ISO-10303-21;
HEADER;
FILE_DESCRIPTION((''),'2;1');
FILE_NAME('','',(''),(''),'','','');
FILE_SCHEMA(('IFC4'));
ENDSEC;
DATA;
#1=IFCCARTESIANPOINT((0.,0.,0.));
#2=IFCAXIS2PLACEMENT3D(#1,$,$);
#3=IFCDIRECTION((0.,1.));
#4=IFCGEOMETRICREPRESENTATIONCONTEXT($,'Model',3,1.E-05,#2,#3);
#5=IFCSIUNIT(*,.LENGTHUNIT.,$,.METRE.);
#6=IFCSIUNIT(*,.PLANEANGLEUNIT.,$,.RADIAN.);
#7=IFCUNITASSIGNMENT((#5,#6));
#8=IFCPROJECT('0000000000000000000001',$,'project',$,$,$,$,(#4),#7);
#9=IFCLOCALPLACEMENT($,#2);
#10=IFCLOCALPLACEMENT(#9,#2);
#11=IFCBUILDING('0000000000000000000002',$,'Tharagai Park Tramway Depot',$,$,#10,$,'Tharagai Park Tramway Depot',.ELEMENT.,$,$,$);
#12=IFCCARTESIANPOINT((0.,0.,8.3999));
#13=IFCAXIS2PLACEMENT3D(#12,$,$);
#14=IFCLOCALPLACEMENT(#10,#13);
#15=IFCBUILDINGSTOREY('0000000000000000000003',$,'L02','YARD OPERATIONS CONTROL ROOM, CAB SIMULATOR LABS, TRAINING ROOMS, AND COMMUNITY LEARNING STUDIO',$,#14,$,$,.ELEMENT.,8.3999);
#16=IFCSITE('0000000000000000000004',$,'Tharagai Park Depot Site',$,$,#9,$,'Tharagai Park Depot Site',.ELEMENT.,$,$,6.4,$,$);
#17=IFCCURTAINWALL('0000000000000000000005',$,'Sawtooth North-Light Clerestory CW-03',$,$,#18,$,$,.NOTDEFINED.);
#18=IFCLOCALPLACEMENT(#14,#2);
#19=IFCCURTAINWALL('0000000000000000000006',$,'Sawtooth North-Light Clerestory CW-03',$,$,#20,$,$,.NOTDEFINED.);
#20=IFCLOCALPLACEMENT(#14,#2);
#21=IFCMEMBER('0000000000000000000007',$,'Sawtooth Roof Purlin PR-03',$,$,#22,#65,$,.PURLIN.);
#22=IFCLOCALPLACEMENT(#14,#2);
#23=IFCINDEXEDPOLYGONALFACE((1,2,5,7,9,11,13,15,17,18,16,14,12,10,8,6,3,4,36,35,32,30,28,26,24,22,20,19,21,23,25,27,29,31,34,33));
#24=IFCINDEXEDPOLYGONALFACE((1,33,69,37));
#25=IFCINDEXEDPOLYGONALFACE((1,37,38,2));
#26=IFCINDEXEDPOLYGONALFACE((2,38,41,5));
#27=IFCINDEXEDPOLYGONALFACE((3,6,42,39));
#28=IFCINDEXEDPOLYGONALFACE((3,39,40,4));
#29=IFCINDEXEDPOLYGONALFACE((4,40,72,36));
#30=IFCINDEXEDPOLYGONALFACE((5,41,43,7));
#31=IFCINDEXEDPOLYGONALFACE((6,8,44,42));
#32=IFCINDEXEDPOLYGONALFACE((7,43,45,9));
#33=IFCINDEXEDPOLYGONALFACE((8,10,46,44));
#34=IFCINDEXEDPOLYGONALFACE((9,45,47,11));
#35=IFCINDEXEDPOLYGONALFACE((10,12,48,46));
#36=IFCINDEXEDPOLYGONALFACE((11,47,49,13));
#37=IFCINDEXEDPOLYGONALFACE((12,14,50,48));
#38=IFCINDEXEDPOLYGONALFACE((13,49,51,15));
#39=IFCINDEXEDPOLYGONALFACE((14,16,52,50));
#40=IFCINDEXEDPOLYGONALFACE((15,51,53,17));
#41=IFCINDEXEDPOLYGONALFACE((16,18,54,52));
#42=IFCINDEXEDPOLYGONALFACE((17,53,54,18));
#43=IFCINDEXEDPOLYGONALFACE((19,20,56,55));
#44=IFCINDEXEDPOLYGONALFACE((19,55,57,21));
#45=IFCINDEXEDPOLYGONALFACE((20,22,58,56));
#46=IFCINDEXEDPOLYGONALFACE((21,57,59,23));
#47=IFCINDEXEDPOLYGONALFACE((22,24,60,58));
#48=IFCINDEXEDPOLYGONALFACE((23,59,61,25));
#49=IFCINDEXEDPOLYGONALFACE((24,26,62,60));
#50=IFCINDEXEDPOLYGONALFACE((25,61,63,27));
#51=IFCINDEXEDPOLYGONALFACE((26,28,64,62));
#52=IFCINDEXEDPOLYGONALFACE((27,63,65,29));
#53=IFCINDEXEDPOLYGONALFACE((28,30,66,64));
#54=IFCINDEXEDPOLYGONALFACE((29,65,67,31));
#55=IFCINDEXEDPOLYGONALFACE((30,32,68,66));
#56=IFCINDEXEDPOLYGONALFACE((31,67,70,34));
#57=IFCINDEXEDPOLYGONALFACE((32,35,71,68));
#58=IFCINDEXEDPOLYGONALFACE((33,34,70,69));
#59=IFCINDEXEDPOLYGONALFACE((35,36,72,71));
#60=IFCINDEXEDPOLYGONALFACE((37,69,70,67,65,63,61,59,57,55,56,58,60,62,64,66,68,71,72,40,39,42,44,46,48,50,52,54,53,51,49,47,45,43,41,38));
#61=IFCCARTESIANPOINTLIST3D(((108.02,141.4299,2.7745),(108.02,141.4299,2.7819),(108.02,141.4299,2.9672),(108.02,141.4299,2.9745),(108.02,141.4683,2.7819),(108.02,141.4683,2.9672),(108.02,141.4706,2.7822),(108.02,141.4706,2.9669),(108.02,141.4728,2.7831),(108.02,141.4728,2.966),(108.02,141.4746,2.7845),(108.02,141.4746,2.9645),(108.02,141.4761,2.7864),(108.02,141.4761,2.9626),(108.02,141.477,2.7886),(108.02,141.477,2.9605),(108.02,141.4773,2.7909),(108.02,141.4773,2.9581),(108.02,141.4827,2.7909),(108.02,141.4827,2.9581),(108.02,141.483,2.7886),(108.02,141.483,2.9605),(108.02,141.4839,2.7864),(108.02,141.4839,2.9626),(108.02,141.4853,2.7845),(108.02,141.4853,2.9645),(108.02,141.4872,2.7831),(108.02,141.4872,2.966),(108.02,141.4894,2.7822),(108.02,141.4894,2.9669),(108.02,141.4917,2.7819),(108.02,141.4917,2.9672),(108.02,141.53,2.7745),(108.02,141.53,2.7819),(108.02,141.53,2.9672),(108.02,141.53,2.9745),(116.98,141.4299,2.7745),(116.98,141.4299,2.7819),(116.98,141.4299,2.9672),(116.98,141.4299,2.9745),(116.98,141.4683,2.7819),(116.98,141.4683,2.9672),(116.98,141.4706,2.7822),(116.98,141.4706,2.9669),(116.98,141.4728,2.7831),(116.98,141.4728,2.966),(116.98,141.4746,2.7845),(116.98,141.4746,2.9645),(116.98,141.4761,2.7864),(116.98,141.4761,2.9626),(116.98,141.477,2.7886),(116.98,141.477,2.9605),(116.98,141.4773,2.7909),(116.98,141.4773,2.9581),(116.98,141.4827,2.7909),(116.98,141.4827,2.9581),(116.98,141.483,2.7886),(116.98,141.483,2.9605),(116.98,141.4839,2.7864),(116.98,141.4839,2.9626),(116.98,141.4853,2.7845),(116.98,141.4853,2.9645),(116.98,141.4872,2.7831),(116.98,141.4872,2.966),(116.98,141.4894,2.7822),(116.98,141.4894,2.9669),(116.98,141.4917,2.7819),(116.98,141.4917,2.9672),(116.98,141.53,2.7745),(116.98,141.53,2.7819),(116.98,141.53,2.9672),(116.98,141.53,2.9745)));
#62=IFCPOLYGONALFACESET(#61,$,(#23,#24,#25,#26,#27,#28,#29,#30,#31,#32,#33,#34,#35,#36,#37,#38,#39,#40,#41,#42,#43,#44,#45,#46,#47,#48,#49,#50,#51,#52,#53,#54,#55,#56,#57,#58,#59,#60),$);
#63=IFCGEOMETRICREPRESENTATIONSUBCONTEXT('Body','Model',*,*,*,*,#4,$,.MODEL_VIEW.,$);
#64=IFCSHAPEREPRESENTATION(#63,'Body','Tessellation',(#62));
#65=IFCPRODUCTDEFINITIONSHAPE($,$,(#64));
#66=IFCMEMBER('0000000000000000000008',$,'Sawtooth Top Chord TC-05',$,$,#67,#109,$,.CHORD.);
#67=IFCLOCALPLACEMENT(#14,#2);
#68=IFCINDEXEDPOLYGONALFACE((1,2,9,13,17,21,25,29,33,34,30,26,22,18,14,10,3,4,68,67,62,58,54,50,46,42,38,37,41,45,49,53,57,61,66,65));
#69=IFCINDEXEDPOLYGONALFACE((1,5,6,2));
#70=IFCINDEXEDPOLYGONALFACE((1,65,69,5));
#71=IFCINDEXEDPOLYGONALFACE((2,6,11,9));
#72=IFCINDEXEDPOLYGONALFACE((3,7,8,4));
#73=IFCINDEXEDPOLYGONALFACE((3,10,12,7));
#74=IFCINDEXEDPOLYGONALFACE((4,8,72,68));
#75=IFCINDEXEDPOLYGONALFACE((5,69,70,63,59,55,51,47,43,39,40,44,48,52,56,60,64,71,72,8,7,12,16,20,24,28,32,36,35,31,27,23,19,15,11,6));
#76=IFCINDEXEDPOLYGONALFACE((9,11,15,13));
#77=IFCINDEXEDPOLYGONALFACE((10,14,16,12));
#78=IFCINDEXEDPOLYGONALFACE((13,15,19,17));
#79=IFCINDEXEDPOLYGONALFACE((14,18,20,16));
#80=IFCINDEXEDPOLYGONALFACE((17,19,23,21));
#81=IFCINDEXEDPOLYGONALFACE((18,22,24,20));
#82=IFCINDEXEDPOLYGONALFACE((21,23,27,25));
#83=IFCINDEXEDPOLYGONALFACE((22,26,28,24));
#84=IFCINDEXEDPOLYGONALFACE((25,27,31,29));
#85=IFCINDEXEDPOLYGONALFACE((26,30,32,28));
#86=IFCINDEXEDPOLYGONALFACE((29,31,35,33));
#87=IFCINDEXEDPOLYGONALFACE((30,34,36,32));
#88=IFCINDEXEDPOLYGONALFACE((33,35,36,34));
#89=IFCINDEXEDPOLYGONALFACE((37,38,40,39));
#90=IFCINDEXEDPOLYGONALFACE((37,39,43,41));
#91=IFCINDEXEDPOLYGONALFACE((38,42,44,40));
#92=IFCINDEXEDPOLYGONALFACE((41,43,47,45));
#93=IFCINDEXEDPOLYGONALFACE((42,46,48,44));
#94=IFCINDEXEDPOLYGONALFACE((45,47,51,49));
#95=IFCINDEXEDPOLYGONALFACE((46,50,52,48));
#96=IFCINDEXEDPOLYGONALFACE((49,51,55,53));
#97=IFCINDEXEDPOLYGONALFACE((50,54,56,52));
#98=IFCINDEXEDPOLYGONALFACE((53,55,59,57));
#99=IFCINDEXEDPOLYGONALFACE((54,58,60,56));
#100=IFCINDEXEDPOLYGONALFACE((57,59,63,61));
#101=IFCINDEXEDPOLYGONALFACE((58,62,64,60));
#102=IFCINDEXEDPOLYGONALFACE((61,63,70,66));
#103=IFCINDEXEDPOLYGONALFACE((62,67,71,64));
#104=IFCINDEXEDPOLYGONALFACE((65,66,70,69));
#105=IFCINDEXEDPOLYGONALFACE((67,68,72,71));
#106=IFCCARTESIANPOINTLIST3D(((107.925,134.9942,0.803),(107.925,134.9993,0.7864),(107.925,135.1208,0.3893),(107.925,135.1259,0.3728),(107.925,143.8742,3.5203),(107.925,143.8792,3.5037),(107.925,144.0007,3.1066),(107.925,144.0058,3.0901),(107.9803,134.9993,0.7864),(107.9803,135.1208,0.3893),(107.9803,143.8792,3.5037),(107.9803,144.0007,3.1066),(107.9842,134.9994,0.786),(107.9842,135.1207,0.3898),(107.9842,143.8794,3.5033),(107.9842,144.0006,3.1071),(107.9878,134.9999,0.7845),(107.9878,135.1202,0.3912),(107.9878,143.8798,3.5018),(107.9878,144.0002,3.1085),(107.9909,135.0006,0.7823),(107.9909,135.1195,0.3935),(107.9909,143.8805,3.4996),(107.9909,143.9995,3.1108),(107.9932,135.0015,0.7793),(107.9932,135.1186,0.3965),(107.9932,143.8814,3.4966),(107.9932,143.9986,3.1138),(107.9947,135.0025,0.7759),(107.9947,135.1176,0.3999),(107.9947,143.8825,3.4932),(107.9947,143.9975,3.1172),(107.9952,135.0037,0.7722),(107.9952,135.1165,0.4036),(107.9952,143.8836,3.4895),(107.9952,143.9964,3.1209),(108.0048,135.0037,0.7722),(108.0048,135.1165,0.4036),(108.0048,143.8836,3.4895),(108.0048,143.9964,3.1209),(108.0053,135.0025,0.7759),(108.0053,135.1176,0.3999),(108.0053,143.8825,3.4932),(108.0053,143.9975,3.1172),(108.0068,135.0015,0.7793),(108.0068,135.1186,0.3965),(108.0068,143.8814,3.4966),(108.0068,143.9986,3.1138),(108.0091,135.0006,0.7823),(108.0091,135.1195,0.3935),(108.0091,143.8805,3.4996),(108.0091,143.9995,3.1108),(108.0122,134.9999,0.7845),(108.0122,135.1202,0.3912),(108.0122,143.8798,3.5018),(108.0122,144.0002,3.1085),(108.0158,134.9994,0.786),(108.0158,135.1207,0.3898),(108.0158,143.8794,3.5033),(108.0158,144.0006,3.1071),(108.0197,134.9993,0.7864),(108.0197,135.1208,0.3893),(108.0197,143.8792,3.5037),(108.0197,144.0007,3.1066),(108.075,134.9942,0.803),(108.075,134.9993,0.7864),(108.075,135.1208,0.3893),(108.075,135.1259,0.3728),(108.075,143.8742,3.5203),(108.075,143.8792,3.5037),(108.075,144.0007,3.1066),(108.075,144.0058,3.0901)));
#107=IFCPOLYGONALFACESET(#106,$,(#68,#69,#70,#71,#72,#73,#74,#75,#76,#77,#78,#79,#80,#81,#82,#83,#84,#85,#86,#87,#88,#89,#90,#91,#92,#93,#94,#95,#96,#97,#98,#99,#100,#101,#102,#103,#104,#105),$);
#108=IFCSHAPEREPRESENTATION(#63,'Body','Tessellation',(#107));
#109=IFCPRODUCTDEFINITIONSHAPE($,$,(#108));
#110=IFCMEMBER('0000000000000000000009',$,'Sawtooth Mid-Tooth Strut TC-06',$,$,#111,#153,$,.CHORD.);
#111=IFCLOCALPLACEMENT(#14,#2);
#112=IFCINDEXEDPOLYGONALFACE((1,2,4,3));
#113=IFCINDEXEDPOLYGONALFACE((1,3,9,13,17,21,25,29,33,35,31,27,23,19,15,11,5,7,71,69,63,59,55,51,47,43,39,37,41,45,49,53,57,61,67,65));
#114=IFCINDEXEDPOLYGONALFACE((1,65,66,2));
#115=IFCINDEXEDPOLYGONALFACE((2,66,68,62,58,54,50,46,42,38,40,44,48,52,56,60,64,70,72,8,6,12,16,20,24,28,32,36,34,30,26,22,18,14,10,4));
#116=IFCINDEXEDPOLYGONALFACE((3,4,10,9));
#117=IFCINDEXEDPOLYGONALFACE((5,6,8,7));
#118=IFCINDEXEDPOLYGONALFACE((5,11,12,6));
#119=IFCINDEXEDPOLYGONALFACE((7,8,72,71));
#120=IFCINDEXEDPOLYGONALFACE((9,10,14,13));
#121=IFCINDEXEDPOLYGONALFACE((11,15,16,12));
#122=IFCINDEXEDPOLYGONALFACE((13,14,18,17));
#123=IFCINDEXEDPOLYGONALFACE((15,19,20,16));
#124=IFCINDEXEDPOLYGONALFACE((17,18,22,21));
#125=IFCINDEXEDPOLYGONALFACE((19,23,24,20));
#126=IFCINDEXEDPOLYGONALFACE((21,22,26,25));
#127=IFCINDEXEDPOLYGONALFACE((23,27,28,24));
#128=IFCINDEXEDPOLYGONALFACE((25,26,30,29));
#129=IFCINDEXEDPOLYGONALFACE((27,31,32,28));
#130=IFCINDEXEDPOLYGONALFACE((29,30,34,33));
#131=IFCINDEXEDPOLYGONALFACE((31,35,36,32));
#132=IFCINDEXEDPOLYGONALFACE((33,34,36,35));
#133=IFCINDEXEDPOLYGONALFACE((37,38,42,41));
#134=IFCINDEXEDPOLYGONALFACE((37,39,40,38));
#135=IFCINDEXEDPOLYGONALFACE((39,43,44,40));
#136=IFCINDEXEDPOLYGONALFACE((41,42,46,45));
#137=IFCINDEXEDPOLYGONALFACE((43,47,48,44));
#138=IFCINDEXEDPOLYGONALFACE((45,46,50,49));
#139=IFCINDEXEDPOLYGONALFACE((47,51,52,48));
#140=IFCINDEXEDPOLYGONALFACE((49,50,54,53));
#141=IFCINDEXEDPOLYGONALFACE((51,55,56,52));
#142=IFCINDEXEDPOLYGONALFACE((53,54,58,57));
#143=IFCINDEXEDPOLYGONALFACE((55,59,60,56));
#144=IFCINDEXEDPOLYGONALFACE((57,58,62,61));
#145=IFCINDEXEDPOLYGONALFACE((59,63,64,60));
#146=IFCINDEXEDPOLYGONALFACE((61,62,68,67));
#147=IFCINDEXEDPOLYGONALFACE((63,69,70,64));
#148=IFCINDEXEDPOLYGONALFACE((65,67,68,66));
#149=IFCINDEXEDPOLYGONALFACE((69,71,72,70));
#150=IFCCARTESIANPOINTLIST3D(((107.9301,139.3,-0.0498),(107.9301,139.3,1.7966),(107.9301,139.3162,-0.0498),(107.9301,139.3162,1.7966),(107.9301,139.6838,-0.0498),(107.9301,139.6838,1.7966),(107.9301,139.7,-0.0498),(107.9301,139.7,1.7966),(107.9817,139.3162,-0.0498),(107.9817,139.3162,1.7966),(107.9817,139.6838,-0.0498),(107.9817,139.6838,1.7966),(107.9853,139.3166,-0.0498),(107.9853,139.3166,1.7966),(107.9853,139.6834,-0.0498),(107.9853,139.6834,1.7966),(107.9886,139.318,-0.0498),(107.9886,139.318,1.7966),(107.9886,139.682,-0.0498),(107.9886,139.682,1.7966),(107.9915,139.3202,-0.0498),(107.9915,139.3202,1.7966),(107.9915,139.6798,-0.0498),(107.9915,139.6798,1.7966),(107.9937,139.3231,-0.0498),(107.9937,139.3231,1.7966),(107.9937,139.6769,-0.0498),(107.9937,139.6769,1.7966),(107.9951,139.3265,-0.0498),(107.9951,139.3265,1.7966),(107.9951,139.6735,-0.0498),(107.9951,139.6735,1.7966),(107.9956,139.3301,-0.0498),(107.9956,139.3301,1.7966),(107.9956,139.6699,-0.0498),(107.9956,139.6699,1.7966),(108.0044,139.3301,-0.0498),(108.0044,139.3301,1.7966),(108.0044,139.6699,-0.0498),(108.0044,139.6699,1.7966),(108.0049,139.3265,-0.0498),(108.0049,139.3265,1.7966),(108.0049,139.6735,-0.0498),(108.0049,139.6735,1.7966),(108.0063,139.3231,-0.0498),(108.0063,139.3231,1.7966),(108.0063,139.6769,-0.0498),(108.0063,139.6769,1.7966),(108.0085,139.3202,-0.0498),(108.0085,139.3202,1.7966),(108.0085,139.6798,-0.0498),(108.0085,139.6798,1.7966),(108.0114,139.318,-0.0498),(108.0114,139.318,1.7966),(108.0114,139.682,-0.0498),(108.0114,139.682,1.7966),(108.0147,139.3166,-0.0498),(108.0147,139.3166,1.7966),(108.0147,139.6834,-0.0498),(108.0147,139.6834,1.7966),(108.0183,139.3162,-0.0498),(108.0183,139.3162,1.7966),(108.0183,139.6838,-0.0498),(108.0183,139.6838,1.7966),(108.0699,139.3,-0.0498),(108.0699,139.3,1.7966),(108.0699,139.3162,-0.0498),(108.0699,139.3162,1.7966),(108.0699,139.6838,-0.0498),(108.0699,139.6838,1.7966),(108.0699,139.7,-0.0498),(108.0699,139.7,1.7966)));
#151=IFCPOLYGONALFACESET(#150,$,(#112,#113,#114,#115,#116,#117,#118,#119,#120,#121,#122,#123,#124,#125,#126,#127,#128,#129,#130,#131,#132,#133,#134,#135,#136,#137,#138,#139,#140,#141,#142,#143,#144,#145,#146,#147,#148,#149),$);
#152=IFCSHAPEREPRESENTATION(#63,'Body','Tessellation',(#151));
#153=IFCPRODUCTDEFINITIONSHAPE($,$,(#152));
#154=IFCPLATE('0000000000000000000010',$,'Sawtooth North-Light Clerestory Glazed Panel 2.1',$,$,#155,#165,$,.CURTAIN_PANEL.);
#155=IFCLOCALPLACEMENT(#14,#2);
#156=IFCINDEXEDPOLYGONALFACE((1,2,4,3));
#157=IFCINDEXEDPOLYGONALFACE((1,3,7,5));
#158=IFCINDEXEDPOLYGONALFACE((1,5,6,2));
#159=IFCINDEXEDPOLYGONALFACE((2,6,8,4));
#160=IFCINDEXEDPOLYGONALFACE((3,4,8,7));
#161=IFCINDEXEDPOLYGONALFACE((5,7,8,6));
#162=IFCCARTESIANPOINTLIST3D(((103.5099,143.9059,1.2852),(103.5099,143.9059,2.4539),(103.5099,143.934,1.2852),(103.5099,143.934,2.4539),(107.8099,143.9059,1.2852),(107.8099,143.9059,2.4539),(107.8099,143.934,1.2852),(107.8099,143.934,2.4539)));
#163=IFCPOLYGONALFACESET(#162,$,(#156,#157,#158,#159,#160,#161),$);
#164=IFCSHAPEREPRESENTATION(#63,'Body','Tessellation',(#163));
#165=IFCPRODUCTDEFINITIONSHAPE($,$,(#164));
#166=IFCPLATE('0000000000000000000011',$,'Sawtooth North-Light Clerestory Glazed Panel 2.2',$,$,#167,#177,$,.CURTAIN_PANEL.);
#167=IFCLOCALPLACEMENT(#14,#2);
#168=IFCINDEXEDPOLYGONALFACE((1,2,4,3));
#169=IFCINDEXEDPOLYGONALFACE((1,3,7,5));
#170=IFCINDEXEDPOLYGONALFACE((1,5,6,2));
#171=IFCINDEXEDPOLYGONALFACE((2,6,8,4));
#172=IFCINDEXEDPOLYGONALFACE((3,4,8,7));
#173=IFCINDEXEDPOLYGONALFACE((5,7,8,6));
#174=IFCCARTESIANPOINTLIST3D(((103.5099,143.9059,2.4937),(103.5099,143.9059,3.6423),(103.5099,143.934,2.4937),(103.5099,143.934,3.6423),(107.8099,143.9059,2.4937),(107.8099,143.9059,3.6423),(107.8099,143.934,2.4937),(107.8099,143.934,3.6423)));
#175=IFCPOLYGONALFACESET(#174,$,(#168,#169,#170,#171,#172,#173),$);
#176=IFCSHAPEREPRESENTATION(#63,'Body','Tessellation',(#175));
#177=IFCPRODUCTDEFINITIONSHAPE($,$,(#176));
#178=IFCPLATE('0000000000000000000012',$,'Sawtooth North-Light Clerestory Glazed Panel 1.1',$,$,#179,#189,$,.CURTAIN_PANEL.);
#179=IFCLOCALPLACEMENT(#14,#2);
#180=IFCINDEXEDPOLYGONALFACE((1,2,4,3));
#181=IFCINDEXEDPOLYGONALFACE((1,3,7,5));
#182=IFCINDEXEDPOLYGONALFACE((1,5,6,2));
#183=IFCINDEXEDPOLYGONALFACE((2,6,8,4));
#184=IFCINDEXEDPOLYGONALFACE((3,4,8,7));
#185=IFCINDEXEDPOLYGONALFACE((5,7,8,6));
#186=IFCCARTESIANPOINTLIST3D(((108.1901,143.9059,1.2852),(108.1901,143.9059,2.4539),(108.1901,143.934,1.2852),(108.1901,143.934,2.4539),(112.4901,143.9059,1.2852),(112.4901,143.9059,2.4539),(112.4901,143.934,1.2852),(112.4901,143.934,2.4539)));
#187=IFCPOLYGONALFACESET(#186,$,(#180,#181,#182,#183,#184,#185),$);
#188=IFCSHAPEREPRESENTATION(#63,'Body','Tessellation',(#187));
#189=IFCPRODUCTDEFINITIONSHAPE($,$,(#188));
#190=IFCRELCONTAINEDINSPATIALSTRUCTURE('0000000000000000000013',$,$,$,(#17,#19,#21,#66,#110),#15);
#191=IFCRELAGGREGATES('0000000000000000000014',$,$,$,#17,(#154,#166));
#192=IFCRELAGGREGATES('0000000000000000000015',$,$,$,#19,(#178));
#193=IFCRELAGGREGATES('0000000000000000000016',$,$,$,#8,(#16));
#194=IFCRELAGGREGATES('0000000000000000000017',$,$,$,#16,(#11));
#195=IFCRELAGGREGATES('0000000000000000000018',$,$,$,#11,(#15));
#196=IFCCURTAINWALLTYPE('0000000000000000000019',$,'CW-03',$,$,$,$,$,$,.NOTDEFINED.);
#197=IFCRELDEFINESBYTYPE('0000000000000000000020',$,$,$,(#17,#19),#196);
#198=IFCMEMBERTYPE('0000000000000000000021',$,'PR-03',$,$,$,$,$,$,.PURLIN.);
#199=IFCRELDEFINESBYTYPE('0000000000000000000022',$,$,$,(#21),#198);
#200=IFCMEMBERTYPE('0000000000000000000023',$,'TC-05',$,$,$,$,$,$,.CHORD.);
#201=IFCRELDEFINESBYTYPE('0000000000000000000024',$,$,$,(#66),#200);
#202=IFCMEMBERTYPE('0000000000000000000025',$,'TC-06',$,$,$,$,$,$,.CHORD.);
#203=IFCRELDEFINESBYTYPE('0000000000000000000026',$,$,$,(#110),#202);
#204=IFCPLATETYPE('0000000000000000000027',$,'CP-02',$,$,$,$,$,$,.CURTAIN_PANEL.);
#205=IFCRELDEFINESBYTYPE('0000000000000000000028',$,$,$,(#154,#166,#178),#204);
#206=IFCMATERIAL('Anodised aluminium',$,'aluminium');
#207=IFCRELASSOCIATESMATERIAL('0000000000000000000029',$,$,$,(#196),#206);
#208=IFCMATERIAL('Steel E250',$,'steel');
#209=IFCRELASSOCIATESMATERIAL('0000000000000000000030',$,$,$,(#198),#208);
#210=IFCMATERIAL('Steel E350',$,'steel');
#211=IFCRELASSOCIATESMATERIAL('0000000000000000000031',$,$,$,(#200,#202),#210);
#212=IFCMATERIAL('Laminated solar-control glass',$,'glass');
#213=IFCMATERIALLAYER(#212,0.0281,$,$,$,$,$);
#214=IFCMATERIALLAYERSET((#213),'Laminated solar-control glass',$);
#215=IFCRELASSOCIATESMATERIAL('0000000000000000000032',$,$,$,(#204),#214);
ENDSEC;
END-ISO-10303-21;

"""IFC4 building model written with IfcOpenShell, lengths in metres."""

from ifc_helpers import new_model, si_unit, direction, frame, origin, origin_2d, place, context, subcontext, project, spatial, rectangle, i_section, extrude, material, layer, layer_set, material_profile, profile_set, type_object, element, aggregate, save


model = new_model("IFC4")

# Units and contexts
model_context = context("Model", 3, precision=1e-05, world=origin(), true_north=direction((0.0, 1.0)))
body_context = subcontext(model_context, "Body", "Model", "MODEL_VIEW")
ifc_project = project(units=[si_unit("LENGTHUNIT", "METRE"), si_unit("PLANEANGLEUNIT", "RADIAN")], contexts=[model_context])

# Site, building, storey
site_placement = place(None, origin())
site = spatial("IfcSite", under=ifc_project, at=site_placement, Name="Tharagai Park Depot Site", LongName="Tharagai Park Depot Site", CompositionType="ELEMENT", RefElevation=6.4)
building_placement = place(site_placement, origin())
building = spatial("IfcBuilding", under=site, at=building_placement, Name="Tharagai Park Tramway Depot", LongName="Tharagai Park Tramway Depot", CompositionType="ELEMENT")
storey_placement = place(building_placement, frame((0.0, 0.0, 8.3999)))
storey = spatial("IfcBuildingStorey", under=building, at=storey_placement, Name="L02", Description="YARD OPERATIONS CONTROL ROOM, CAB SIMULATOR LABS, TRAINING ROOMS, AND COMMUNITY LEARNING STUDIO", CompositionType="ELEMENT", Elevation=8.3999)

# Shared definitions
ifc_material_1 = material(Name="Steel E350", Category="steel")

# Curtain walls
ifc_material_2 = material(Name="Anodised aluminium", Category="aluminium")
curtain_wall_type_1 = type_object("IfcCurtainWallType", Name="CW-03", PredefinedType="NOTDEFINED", material=ifc_material_2)
curtain_wall_1_placement = place(storey_placement, origin())
curtain_wall_1 = element("IfcCurtainWall", 1, at=curtain_wall_1_placement, inside=storey, type_object=curtain_wall_type_1, Name="Sawtooth North-Light Clerestory CW-03", PredefinedType="NOTDEFINED")
curtain_wall_2_placement = place(storey_placement, origin())
curtain_wall_2 = element("IfcCurtainWall", 2, at=curtain_wall_2_placement, inside=storey, type_object=curtain_wall_type_1, Name="Sawtooth North-Light Clerestory CW-03", PredefinedType="NOTDEFINED")

# Members
ifc_material_3 = material(Name="Steel E250", Category="steel")
ifc_material_profile_1 = material_profile(ifc_material_3, i_section(OverallWidth=0.1001, OverallDepth=0.2, WebThickness=0.0054, FlangeThickness=0.0073, FilletRadius=0.009, at=origin_2d()), Name="ISLB 200")
ifc_profile_set_1 = profile_set([ifc_material_profile_1], Name="Steel E250")
member_type_1 = type_object("IfcMemberType", Name="PR-03", PredefinedType="PURLIN", material=ifc_profile_set_1)
for number, where, z_axis, x_axis, name in (
    (3, (108.02, 141.48, 2.8745), (1.0, 0.0, 0.0), (0.0, 1.0, 0.0), "Sawtooth Roof Purlin PR-03"),
):
    element("IfcMember", number, at=place(storey_placement, frame(where, z_axis=z_axis, x_axis=x_axis)), inside=storey, type_object=member_type_1, Name=name, PredefinedType="PURLIN", context=body_context, shape_type="SweptSolid", body=[
        extrude(i_section(OverallWidth=0.1001, OverallDepth=0.2, WebThickness=0.0054, FlangeThickness=0.0073, FilletRadius=0.009, at=origin_2d()), origin(), (0.0, 0.0, 1.0), 8.96),
    ])
ifc_material_profile_2 = material_profile(ifc_material_1, i_section(OverallWidth=0.1499, OverallDepth=0.45, WebThickness=0.0095, FlangeThickness=0.0173, FilletRadius=0.0149, at=origin_2d()), Name="ISMB 450")
ifc_profile_set_2 = profile_set([ifc_material_profile_2], Name="Steel E350")
member_type_2 = type_object("IfcMemberType", Name="TC-05", PredefinedType="CHORD", material=ifc_profile_set_2)
member_1_placement = place(storey_placement, frame((108.0, 135.0601, 0.5879), z_axis=(0.0, 0.956231, 0.292611), x_axis=(-1.0, 0.0, 0.0)))
element("IfcMember", 4, at=member_1_placement, inside=storey, type_object=member_type_2, Name="Sawtooth Top Chord TC-05", PredefinedType="CHORD", context=body_context, shape_type="SweptSolid", body=[
    extrude(i_section(OverallWidth=0.1499, OverallDepth=0.45, WebThickness=0.0095, FlangeThickness=0.0173, FilletRadius=0.0149, at=origin_2d()), origin(), (0.0, 0.0, 1.0), 9.2864),
])
ifc_material_profile_3 = material_profile(ifc_material_1, i_section(OverallWidth=0.1399, OverallDepth=0.3999, WebThickness=0.0088, FlangeThickness=0.0161, FilletRadius=0.0139, at=origin_2d()), Name="ISMB 400")
ifc_profile_set_3 = profile_set([ifc_material_profile_3], Name="Steel E350")
member_type_3 = type_object("IfcMemberType", Name="TC-06", PredefinedType="CHORD", material=ifc_profile_set_3)
member_2_placement = place(storey_placement, frame((108.0, 139.5, -0.0498), z_axis=(0.0, 0.0, 1.0), x_axis=(1.0, 0.0, 0.0)))
element("IfcMember", 5, at=member_2_placement, inside=storey, type_object=member_type_3, Name="Sawtooth Mid-Tooth Strut TC-06", PredefinedType="CHORD", context=body_context, shape_type="SweptSolid", body=[
    extrude(i_section(OverallWidth=0.1399, OverallDepth=0.3999, WebThickness=0.0088, FlangeThickness=0.0161, FilletRadius=0.0139, at=origin_2d()), origin(), (0.0, 0.0, 1.0), 1.8464),
])

# Plates
ifc_material_4 = material(Name="Laminated solar-control glass", Category="glass")
ifc_layer_1 = layer(ifc_material_4, 0.0281)
ifc_layer_set_1 = layer_set([ifc_layer_1], Name="Laminated solar-control glass")
plate_type = type_object("IfcPlateType", Name="CP-02", PredefinedType="CURTAIN_PANEL", material=ifc_layer_set_1)
plate_1_placement = place(storey_placement, frame((105.6599, 143.9199, 1.2852), z_axis=(0.0, 0.0, 1.0), x_axis=(1.0, 0.0, 0.0)))
plate_1 = element("IfcPlate", 6, at=plate_1_placement, type_object=plate_type, Name="Sawtooth North-Light Clerestory Glazed Panel 2.1", PredefinedType="CURTAIN_PANEL", context=body_context, shape_type="SweptSolid", body=[
    extrude(rectangle(XDim=4.3, YDim=0.0281, at=origin_2d()), origin(), (0.0, 0.0, 1.0), 1.1687),
])
plate_2_placement = place(storey_placement, frame((105.6599, 143.9199, 2.4937), z_axis=(0.0, 0.0, 1.0), x_axis=(1.0, 0.0, 0.0)))
plate_2 = element("IfcPlate", 7, at=plate_2_placement, type_object=plate_type, Name="Sawtooth North-Light Clerestory Glazed Panel 2.2", PredefinedType="CURTAIN_PANEL", context=body_context, shape_type="SweptSolid", body=[
    extrude(rectangle(XDim=4.3, YDim=0.0281, at=origin_2d()), origin(), (0.0, 0.0, 1.0), 1.1487),
])
aggregate(curtain_wall_1, [plate_1, plate_2])
plate_3_placement = place(storey_placement, frame((110.3401, 143.9199, 1.2852), z_axis=(0.0, 0.0, 1.0), x_axis=(1.0, 0.0, 0.0)))
plate_3 = element("IfcPlate", 8, at=plate_3_placement, type_object=plate_type, Name="Sawtooth North-Light Clerestory Glazed Panel 1.1", PredefinedType="CURTAIN_PANEL", context=body_context, shape_type="SweptSolid", body=[
    extrude(rectangle(XDim=4.3, YDim=0.0281, at=origin_2d()), origin(), (0.0, 0.0, 1.0), 1.1687),
])
aggregate(curtain_wall_2, [plate_3])

save(model, "model.ifc")
